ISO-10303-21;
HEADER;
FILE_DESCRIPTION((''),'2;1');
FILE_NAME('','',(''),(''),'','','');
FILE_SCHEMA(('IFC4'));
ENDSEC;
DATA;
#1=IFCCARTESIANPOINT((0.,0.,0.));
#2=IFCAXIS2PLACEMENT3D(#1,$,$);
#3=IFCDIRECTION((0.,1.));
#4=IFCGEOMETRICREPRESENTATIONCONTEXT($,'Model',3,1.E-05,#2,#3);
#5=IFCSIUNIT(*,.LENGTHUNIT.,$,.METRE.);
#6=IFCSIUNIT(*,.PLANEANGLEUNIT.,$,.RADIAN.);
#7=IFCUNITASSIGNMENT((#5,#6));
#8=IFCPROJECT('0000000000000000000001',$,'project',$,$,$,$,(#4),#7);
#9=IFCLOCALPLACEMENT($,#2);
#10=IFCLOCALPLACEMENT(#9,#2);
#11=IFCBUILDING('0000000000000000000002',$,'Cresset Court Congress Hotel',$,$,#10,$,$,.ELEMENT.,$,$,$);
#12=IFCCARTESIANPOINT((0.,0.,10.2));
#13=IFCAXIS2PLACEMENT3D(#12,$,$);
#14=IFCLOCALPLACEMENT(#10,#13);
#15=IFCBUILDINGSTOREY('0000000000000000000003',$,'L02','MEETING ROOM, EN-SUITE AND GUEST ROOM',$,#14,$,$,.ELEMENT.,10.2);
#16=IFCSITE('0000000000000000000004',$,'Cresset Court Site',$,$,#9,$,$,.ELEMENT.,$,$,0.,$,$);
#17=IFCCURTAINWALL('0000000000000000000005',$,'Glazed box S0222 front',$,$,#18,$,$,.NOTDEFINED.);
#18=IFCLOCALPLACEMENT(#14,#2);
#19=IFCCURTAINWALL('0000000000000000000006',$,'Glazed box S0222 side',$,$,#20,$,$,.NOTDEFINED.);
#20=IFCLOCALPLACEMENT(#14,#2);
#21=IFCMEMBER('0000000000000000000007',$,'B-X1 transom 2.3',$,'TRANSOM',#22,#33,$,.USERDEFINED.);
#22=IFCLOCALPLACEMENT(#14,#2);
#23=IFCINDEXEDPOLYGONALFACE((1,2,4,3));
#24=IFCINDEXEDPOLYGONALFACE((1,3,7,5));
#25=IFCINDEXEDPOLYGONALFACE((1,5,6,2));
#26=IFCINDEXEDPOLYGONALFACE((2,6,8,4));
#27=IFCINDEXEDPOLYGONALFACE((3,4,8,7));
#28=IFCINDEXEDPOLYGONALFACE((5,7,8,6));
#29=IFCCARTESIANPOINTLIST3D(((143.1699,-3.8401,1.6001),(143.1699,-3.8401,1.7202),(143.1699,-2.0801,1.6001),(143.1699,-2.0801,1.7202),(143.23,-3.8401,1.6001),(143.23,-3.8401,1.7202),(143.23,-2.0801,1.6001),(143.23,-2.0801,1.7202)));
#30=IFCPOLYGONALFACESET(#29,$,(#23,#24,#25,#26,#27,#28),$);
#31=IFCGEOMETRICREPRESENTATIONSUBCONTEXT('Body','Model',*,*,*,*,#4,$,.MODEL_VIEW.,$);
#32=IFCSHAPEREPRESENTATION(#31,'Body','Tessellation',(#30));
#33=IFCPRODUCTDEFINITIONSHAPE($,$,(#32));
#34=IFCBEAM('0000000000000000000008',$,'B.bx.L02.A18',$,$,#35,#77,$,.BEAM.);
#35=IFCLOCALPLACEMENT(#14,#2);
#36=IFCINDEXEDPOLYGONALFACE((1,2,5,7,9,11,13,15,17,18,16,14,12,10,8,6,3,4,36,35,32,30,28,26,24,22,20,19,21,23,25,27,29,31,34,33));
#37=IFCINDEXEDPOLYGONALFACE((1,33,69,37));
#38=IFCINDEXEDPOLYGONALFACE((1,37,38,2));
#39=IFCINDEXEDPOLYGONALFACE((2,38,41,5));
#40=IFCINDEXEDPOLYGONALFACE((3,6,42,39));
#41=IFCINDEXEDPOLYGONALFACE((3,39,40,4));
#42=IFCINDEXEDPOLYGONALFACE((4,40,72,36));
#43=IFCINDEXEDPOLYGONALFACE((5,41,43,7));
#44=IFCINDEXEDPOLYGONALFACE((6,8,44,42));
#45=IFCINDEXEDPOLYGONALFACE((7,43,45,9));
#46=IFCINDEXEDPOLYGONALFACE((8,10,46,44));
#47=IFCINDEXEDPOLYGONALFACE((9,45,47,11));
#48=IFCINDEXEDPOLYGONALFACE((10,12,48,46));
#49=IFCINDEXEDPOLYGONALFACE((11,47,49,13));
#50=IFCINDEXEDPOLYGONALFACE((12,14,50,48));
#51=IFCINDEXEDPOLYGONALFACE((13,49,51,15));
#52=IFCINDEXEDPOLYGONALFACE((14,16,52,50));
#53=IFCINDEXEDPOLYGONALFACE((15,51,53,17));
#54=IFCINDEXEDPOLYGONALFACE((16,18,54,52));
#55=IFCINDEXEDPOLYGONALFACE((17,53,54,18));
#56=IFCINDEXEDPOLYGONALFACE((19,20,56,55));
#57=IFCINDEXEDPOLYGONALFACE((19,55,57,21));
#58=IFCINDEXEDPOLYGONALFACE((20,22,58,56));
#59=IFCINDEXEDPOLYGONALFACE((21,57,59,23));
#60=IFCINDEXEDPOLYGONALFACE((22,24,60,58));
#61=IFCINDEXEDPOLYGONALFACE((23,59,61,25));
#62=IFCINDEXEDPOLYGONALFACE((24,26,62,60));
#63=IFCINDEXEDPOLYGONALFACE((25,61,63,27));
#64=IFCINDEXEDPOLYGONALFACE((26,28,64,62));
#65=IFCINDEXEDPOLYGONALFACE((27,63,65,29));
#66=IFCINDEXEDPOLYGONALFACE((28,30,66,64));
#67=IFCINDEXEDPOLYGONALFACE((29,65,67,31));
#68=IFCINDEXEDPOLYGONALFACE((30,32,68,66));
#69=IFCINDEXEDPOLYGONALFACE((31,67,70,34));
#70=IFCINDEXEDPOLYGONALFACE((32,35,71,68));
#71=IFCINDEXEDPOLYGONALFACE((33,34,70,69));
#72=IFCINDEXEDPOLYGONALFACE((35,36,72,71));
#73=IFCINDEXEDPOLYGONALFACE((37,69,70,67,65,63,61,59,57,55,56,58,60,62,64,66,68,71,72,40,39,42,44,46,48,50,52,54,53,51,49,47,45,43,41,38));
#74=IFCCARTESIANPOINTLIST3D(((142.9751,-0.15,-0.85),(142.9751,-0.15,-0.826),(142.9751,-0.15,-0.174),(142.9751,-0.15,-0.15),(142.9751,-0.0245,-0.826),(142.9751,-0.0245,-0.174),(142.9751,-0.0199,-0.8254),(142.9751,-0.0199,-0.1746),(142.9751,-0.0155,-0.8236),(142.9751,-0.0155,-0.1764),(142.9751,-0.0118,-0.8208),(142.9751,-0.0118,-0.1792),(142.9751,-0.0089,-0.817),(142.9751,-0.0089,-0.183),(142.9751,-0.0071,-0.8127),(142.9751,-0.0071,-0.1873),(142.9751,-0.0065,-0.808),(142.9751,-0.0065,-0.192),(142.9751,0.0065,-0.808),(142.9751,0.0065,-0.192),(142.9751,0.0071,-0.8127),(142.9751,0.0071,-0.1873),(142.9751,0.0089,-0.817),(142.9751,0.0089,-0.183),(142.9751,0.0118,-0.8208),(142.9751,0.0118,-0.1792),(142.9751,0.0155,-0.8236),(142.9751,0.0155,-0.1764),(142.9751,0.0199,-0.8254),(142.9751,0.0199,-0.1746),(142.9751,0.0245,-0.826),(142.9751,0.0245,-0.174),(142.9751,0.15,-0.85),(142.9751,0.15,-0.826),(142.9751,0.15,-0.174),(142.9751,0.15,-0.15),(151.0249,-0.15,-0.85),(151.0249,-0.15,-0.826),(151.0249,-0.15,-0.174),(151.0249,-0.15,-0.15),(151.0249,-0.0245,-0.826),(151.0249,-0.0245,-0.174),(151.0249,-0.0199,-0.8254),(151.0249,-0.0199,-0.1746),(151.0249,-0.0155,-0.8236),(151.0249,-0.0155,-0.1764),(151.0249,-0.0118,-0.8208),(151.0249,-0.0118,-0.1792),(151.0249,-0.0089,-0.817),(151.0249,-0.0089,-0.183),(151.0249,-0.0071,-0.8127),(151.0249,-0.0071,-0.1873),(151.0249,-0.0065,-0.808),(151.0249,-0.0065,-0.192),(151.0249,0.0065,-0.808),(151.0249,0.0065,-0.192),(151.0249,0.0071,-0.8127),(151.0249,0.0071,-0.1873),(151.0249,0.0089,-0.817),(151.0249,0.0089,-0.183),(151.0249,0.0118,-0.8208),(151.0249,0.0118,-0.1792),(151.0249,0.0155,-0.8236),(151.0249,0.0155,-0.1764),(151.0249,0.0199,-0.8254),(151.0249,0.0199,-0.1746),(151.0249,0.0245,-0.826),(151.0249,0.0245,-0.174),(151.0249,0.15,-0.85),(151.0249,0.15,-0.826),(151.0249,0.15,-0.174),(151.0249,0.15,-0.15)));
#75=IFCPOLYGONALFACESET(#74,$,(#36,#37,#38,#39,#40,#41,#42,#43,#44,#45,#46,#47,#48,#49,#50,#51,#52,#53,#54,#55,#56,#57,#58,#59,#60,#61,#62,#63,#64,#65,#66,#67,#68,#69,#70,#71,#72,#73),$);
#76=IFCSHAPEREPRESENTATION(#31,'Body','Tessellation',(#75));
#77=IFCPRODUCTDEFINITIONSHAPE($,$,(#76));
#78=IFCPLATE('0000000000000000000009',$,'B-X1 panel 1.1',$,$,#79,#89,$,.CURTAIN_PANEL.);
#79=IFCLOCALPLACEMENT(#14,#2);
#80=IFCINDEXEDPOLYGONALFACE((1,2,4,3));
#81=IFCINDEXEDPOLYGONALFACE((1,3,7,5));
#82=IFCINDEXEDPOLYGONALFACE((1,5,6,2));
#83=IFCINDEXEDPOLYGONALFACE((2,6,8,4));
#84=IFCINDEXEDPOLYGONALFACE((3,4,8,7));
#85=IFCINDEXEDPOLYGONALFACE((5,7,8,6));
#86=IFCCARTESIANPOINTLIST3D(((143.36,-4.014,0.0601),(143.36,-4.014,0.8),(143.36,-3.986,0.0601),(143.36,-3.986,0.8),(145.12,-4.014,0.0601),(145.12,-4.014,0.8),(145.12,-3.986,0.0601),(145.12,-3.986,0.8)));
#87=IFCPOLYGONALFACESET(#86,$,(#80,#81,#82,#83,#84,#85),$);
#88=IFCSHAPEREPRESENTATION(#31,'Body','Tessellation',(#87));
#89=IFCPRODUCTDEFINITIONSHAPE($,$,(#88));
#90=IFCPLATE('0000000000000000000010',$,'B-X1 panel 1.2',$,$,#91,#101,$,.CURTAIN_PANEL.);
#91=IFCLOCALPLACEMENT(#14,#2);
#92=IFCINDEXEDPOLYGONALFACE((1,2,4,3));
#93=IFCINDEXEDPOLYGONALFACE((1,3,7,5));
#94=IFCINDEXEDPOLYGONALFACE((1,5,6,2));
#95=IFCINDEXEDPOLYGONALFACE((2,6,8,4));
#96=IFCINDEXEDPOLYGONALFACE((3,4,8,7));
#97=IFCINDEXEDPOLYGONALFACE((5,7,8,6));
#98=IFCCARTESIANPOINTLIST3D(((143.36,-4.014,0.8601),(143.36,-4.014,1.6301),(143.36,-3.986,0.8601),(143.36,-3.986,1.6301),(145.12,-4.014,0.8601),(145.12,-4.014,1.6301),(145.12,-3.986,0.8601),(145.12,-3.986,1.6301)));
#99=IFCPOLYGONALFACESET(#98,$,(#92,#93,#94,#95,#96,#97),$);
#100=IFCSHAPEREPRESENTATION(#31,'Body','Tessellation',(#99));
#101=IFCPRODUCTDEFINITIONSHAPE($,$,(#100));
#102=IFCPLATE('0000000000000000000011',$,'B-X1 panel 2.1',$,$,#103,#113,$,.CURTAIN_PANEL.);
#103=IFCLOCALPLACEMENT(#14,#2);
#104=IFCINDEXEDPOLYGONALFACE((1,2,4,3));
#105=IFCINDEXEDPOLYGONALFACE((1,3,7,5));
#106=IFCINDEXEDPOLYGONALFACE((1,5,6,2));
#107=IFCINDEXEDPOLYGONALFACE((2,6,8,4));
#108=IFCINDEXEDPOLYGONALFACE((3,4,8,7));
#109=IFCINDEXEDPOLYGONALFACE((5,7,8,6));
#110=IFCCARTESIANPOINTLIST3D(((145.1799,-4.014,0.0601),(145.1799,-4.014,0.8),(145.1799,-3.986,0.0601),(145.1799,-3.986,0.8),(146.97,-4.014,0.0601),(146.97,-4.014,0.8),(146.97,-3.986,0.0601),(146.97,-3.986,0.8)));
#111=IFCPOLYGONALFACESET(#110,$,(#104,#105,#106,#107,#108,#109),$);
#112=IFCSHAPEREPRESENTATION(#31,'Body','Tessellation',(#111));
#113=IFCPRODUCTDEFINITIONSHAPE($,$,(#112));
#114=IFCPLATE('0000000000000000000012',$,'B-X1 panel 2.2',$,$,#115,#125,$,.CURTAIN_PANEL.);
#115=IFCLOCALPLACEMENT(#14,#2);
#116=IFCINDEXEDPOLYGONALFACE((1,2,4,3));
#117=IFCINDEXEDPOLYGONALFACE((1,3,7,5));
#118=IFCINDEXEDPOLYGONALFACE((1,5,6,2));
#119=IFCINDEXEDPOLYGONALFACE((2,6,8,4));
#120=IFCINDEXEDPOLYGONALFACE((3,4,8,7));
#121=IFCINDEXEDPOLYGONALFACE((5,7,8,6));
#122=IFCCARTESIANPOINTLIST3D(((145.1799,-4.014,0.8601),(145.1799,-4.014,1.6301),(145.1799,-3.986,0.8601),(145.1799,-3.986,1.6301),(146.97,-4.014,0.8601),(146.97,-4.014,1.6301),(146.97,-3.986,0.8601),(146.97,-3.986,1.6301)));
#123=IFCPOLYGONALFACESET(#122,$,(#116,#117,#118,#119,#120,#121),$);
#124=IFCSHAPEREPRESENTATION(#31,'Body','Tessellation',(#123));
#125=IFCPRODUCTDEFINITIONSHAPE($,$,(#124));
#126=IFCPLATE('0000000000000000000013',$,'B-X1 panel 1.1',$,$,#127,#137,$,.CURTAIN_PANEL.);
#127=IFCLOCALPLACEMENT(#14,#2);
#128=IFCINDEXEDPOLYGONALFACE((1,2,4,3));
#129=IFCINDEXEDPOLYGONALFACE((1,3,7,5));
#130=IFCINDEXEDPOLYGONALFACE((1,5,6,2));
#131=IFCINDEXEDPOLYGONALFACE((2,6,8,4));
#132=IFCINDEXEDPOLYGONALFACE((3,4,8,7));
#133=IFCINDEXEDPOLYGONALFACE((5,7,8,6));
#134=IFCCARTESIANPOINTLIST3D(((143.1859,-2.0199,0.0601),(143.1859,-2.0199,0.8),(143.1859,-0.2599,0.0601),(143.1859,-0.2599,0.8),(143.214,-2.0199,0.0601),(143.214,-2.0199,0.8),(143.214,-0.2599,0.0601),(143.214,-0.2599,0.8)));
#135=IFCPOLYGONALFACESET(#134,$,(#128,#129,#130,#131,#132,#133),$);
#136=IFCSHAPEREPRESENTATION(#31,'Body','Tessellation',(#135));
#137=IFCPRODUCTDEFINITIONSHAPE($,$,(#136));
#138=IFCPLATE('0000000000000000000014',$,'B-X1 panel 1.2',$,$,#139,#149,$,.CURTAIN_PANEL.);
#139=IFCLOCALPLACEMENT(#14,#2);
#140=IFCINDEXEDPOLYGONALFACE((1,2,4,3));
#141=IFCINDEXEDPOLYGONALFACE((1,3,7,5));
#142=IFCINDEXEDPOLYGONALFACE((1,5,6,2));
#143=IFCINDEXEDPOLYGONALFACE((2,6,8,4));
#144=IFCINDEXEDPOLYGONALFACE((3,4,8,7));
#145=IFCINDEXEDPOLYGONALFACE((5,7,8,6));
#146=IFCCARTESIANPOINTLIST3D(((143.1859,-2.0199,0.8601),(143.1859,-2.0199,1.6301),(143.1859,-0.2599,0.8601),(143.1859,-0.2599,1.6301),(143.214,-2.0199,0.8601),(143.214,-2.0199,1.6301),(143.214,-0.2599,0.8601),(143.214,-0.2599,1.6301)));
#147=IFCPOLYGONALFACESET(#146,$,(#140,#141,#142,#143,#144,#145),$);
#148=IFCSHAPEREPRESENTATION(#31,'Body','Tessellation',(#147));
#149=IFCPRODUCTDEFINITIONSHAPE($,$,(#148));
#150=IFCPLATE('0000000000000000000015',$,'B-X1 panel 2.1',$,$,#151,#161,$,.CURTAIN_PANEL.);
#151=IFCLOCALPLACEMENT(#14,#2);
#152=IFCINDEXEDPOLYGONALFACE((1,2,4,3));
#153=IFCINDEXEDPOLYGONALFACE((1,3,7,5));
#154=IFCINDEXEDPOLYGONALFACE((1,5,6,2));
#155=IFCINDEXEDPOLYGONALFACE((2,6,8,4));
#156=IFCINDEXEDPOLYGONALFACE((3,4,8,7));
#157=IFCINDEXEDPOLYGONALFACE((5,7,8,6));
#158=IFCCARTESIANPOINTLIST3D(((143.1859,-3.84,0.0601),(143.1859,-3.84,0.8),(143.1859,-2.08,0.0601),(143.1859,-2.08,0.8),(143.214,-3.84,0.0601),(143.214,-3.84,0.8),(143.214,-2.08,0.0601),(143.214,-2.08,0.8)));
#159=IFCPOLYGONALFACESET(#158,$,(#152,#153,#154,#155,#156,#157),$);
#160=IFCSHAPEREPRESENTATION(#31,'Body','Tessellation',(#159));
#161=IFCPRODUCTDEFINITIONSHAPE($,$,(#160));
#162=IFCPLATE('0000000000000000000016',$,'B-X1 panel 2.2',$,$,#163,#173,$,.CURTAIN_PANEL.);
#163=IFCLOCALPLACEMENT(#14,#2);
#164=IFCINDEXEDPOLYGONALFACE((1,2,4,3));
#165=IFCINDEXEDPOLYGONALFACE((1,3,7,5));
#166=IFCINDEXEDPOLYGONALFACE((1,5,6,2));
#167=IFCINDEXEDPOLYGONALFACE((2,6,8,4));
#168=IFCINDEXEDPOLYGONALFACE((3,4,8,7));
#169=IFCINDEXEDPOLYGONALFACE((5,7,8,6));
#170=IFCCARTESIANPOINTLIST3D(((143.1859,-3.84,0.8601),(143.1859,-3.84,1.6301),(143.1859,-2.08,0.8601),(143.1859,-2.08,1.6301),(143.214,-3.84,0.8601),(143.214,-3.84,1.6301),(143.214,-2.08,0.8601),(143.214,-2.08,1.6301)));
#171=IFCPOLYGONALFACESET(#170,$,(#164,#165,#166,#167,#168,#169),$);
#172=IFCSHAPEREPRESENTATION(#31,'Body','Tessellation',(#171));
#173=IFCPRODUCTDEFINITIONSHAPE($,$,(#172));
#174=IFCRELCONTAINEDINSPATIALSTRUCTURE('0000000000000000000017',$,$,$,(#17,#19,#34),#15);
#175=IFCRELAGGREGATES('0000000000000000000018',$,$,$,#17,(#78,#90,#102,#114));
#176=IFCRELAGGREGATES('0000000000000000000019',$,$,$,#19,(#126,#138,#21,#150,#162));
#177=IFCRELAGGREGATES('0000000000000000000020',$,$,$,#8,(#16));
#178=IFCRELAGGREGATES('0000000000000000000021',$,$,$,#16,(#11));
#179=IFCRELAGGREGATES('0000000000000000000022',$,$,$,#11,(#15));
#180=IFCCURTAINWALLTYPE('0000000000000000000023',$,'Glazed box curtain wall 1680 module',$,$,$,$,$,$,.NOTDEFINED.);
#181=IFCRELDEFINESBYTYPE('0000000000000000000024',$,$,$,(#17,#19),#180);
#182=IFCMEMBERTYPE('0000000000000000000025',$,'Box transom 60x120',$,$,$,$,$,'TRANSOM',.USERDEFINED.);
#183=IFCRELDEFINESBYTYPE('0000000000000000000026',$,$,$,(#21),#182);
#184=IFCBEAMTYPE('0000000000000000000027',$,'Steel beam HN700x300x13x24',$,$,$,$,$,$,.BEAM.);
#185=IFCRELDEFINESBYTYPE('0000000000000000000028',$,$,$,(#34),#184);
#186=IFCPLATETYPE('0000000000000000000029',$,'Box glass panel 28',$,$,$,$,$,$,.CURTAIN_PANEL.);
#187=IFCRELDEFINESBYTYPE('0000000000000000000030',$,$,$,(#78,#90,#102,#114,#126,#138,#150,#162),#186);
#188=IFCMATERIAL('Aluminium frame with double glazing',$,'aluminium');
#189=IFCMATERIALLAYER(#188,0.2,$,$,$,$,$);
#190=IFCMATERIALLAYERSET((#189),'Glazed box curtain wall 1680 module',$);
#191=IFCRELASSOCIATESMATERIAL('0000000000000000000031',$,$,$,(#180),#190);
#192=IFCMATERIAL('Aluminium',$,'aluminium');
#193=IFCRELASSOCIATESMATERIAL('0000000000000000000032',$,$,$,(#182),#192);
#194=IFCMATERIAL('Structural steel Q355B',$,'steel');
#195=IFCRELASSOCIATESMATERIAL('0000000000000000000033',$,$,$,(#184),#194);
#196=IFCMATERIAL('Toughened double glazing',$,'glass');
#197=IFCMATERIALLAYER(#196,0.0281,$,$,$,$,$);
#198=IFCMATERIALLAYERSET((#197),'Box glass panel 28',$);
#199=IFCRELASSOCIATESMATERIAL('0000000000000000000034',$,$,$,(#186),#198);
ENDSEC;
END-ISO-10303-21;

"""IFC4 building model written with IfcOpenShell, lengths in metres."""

from ifc_helpers import new_model, si_unit, direction, frame, origin, origin_2d, place, context, subcontext, project, spatial, rectangle, i_section, extrude, material, layer, layer_set, material_profile, profile_set, type_object, element, aggregate, save


model = new_model("IFC4")

# Units and contexts
model_context = context("Model", 3, precision=1e-05, world=origin(), true_north=direction((0.0, 1.0)))
body_context = subcontext(model_context, "Body", "Model", "MODEL_VIEW")
ifc_project = project(units=[si_unit("LENGTHUNIT", "METRE"), si_unit("PLANEANGLEUNIT", "RADIAN")], contexts=[model_context])

# Site, building, storey
site_placement = place(None, origin())
site = spatial("IfcSite", under=ifc_project, at=site_placement, Name="Cresset Court Site", CompositionType="ELEMENT", RefElevation=0.0)
building_placement = place(site_placement, origin())
building = spatial("IfcBuilding", under=site, at=building_placement, Name="Cresset Court Congress Hotel", CompositionType="ELEMENT")
storey_placement = place(building_placement, frame((0.0, 0.0, 10.2)))
storey = spatial("IfcBuildingStorey", under=building, at=storey_placement, Name="L02", Description="MEETING ROOM, EN-SUITE AND GUEST ROOM", CompositionType="ELEMENT", Elevation=10.2)

# Curtain walls
ifc_material_1 = material(Name="Aluminium frame with double glazing", Category="aluminium")
ifc_layer_1 = layer(ifc_material_1, 0.2)
ifc_layer_set_1 = layer_set([ifc_layer_1], Name="Glazed box curtain wall 1680 module")
curtain_wall_type = type_object("IfcCurtainWallType", Name="Glazed box curtain wall 1680 module", PredefinedType="NOTDEFINED", material=ifc_layer_set_1)
curtain_wall_1_placement = place(storey_placement, origin())
curtain_wall_1 = element("IfcCurtainWall", 1, at=curtain_wall_1_placement, inside=storey, type_object=curtain_wall_type, Name="Glazed box S0222 front", PredefinedType="NOTDEFINED")
curtain_wall_2_placement = place(storey_placement, origin())
curtain_wall_2 = element("IfcCurtainWall", 2, at=curtain_wall_2_placement, inside=storey, type_object=curtain_wall_type, Name="Glazed box S0222 side", PredefinedType="NOTDEFINED")

# Member
ifc_material_2 = material(Name="Aluminium", Category="aluminium")
ifc_material_profile_1 = material_profile(ifc_material_2, rectangle(XDim=0.0601, YDim=0.1201, at=origin_2d()), Name="Box transom 60x120")
ifc_profile_set_1 = profile_set([ifc_material_profile_1], Name="Aluminium")
member_type_1 = type_object("IfcMemberType", Name="Box transom 60x120", ElementType="TRANSOM", PredefinedType="USERDEFINED", material=ifc_profile_set_1)
member_1_placement = place(storey_placement, frame((143.2, -2.0801, 1.6602), z_axis=(0.0, -1.0, 0.0), x_axis=(1.0, 0.0, 0.0)))
member_1 = element("IfcMember", 3, at=member_1_placement, type_object=member_type_1, Name="B-X1 transom 2.3", ObjectType="TRANSOM", PredefinedType="USERDEFINED", context=body_context, shape_type="SweptSolid", body=[
    extrude(rectangle(XDim=0.0601, YDim=0.1201, at=origin_2d()), origin(), (0.0, 0.0, 1.0), 1.76),
])

# Beam
ifc_material_3 = material(Name="Structural steel Q355B", Category="steel")
ifc_material_profile_2 = material_profile(ifc_material_3, i_section(OverallWidth=0.3, OverallDepth=0.7, WebThickness=0.0129, FlangeThickness=0.0239, FilletRadius=0.0181, at=origin_2d()), Name="HN700x300x13x24")
ifc_profile_set_2 = profile_set([ifc_material_profile_2], Name="Structural steel Q355B")
beam_type = type_object("IfcBeamType", Name="Steel beam HN700x300x13x24", PredefinedType="BEAM", material=ifc_profile_set_2)
beam_placement = place(storey_placement, frame((142.9751, 0.0, -0.5), z_axis=(1.0, 0.0, 0.0), x_axis=(0.0, 1.0, 0.0)))
element("IfcBeam", 4, at=beam_placement, inside=storey, type_object=beam_type, Name="B.bx.L02.A18", PredefinedType="BEAM", context=body_context, shape_type="SweptSolid", body=[
    extrude(i_section(OverallWidth=0.3, OverallDepth=0.7, WebThickness=0.0129, FlangeThickness=0.0239, FilletRadius=0.0181, at=origin_2d()), origin(), (0.0, 0.0, 1.0), 8.0498),
])

# Plates
ifc_material_4 = material(Name="Toughened double glazing", Category="glass")
ifc_layer_2 = layer(ifc_material_4, 0.0281)
ifc_layer_set_2 = layer_set([ifc_layer_2], Name="Box glass panel 28")
plate_type = type_object("IfcPlateType", Name="Box glass panel 28", PredefinedType="CURTAIN_PANEL", material=ifc_layer_set_2)
plate_1_placement = place(storey_placement, frame((144.24, -4.0, 0.0601), z_axis=(0.0, 0.0, 1.0), x_axis=(1.0, 0.0, 0.0)))
plate_1 = element("IfcPlate", 5, at=plate_1_placement, type_object=plate_type, Name="B-X1 panel 1.1", PredefinedType="CURTAIN_PANEL", context=body_context, shape_type="SweptSolid", body=[
    extrude(rectangle(XDim=1.76, YDim=0.0281, at=origin_2d()), origin(), (0.0, 0.0, 1.0), 0.74),
])
plate_2_placement = place(storey_placement, frame((144.24, -4.0, 0.8601), z_axis=(0.0, 0.0, 1.0), x_axis=(1.0, 0.0, 0.0)))
plate_2 = element("IfcPlate", 6, at=plate_2_placement, type_object=plate_type, Name="B-X1 panel 1.2", PredefinedType="CURTAIN_PANEL", context=body_context, shape_type="SweptSolid", body=[
    extrude(rectangle(XDim=1.76, YDim=0.0281, at=origin_2d()), origin(), (0.0, 0.0, 1.0), 0.77),
])
plate_3_placement = place(storey_placement, frame((146.075, -4.0, 0.0601), z_axis=(0.0, 0.0, 1.0), x_axis=(1.0, 0.0, 0.0)))
plate_3 = element("IfcPlate", 7, at=plate_3_placement, type_object=plate_type, Name="B-X1 panel 2.1", PredefinedType="CURTAIN_PANEL", context=body_context, shape_type="SweptSolid", body=[
    extrude(rectangle(XDim=1.79, YDim=0.0281, at=origin_2d()), origin(), (0.0, 0.0, 1.0), 0.74),
])
plate_4_placement = place(storey_placement, frame((146.075, -4.0, 0.8601), z_axis=(0.0, 0.0, 1.0), x_axis=(1.0, 0.0, 0.0)))
plate_4 = element("IfcPlate", 8, at=plate_4_placement, type_object=plate_type, Name="B-X1 panel 2.2", PredefinedType="CURTAIN_PANEL", context=body_context, shape_type="SweptSolid", body=[
    extrude(rectangle(XDim=1.79, YDim=0.0281, at=origin_2d()), origin(), (0.0, 0.0, 1.0), 0.77),
])
aggregate(curtain_wall_1, [plate_1, plate_2, plate_3, plate_4])
plate_5_placement = place(storey_placement, frame((143.2, -1.1399, 0.0601), z_axis=(0.0, 0.0, 1.0), x_axis=(0.0, -1.0, 0.0)))
plate_5 = element("IfcPlate", 9, at=plate_5_placement, type_object=plate_type, Name="B-X1 panel 1.1", PredefinedType="CURTAIN_PANEL", context=body_context, shape_type="SweptSolid", body=[
    extrude(rectangle(XDim=1.76, YDim=0.0281, at=origin_2d()), origin(), (0.0, 0.0, 1.0), 0.74),
])
plate_6_placement = place(storey_placement, frame((143.2, -1.1399, 0.8601), z_axis=(0.0, 0.0, 1.0), x_axis=(0.0, -1.0, 0.0)))
plate_6 = element("IfcPlate", 10, at=plate_6_placement, type_object=plate_type, Name="B-X1 panel 1.2", PredefinedType="CURTAIN_PANEL", context=body_context, shape_type="SweptSolid", body=[
    extrude(rectangle(XDim=1.76, YDim=0.0281, at=origin_2d()), origin(), (0.0, 0.0, 1.0), 0.77),
])
plate_7_placement = place(storey_placement, frame((143.2, -2.96, 0.0601), z_axis=(0.0, 0.0, 1.0), x_axis=(0.0, -1.0, 0.0)))
plate_7 = element("IfcPlate", 11, at=plate_7_placement, type_object=plate_type, Name="B-X1 panel 2.1", PredefinedType="CURTAIN_PANEL", context=body_context, shape_type="SweptSolid", body=[
    extrude(rectangle(XDim=1.76, YDim=0.0281, at=origin_2d()), origin(), (0.0, 0.0, 1.0), 0.74),
])
plate_8_placement = place(storey_placement, frame((143.2, -2.96, 0.8601), z_axis=(0.0, 0.0, 1.0), x_axis=(0.0, -1.0, 0.0)))
plate_8 = element("IfcPlate", 12, at=plate_8_placement, type_object=plate_type, Name="B-X1 panel 2.2", PredefinedType="CURTAIN_PANEL", context=body_context, shape_type="SweptSolid", body=[
    extrude(rectangle(XDim=1.76, YDim=0.0281, at=origin_2d()), origin(), (0.0, 0.0, 1.0), 0.77),
])
aggregate(curtain_wall_2, [plate_5, plate_6, member_1, plate_7, plate_8])

save(model, "model.ifc")
